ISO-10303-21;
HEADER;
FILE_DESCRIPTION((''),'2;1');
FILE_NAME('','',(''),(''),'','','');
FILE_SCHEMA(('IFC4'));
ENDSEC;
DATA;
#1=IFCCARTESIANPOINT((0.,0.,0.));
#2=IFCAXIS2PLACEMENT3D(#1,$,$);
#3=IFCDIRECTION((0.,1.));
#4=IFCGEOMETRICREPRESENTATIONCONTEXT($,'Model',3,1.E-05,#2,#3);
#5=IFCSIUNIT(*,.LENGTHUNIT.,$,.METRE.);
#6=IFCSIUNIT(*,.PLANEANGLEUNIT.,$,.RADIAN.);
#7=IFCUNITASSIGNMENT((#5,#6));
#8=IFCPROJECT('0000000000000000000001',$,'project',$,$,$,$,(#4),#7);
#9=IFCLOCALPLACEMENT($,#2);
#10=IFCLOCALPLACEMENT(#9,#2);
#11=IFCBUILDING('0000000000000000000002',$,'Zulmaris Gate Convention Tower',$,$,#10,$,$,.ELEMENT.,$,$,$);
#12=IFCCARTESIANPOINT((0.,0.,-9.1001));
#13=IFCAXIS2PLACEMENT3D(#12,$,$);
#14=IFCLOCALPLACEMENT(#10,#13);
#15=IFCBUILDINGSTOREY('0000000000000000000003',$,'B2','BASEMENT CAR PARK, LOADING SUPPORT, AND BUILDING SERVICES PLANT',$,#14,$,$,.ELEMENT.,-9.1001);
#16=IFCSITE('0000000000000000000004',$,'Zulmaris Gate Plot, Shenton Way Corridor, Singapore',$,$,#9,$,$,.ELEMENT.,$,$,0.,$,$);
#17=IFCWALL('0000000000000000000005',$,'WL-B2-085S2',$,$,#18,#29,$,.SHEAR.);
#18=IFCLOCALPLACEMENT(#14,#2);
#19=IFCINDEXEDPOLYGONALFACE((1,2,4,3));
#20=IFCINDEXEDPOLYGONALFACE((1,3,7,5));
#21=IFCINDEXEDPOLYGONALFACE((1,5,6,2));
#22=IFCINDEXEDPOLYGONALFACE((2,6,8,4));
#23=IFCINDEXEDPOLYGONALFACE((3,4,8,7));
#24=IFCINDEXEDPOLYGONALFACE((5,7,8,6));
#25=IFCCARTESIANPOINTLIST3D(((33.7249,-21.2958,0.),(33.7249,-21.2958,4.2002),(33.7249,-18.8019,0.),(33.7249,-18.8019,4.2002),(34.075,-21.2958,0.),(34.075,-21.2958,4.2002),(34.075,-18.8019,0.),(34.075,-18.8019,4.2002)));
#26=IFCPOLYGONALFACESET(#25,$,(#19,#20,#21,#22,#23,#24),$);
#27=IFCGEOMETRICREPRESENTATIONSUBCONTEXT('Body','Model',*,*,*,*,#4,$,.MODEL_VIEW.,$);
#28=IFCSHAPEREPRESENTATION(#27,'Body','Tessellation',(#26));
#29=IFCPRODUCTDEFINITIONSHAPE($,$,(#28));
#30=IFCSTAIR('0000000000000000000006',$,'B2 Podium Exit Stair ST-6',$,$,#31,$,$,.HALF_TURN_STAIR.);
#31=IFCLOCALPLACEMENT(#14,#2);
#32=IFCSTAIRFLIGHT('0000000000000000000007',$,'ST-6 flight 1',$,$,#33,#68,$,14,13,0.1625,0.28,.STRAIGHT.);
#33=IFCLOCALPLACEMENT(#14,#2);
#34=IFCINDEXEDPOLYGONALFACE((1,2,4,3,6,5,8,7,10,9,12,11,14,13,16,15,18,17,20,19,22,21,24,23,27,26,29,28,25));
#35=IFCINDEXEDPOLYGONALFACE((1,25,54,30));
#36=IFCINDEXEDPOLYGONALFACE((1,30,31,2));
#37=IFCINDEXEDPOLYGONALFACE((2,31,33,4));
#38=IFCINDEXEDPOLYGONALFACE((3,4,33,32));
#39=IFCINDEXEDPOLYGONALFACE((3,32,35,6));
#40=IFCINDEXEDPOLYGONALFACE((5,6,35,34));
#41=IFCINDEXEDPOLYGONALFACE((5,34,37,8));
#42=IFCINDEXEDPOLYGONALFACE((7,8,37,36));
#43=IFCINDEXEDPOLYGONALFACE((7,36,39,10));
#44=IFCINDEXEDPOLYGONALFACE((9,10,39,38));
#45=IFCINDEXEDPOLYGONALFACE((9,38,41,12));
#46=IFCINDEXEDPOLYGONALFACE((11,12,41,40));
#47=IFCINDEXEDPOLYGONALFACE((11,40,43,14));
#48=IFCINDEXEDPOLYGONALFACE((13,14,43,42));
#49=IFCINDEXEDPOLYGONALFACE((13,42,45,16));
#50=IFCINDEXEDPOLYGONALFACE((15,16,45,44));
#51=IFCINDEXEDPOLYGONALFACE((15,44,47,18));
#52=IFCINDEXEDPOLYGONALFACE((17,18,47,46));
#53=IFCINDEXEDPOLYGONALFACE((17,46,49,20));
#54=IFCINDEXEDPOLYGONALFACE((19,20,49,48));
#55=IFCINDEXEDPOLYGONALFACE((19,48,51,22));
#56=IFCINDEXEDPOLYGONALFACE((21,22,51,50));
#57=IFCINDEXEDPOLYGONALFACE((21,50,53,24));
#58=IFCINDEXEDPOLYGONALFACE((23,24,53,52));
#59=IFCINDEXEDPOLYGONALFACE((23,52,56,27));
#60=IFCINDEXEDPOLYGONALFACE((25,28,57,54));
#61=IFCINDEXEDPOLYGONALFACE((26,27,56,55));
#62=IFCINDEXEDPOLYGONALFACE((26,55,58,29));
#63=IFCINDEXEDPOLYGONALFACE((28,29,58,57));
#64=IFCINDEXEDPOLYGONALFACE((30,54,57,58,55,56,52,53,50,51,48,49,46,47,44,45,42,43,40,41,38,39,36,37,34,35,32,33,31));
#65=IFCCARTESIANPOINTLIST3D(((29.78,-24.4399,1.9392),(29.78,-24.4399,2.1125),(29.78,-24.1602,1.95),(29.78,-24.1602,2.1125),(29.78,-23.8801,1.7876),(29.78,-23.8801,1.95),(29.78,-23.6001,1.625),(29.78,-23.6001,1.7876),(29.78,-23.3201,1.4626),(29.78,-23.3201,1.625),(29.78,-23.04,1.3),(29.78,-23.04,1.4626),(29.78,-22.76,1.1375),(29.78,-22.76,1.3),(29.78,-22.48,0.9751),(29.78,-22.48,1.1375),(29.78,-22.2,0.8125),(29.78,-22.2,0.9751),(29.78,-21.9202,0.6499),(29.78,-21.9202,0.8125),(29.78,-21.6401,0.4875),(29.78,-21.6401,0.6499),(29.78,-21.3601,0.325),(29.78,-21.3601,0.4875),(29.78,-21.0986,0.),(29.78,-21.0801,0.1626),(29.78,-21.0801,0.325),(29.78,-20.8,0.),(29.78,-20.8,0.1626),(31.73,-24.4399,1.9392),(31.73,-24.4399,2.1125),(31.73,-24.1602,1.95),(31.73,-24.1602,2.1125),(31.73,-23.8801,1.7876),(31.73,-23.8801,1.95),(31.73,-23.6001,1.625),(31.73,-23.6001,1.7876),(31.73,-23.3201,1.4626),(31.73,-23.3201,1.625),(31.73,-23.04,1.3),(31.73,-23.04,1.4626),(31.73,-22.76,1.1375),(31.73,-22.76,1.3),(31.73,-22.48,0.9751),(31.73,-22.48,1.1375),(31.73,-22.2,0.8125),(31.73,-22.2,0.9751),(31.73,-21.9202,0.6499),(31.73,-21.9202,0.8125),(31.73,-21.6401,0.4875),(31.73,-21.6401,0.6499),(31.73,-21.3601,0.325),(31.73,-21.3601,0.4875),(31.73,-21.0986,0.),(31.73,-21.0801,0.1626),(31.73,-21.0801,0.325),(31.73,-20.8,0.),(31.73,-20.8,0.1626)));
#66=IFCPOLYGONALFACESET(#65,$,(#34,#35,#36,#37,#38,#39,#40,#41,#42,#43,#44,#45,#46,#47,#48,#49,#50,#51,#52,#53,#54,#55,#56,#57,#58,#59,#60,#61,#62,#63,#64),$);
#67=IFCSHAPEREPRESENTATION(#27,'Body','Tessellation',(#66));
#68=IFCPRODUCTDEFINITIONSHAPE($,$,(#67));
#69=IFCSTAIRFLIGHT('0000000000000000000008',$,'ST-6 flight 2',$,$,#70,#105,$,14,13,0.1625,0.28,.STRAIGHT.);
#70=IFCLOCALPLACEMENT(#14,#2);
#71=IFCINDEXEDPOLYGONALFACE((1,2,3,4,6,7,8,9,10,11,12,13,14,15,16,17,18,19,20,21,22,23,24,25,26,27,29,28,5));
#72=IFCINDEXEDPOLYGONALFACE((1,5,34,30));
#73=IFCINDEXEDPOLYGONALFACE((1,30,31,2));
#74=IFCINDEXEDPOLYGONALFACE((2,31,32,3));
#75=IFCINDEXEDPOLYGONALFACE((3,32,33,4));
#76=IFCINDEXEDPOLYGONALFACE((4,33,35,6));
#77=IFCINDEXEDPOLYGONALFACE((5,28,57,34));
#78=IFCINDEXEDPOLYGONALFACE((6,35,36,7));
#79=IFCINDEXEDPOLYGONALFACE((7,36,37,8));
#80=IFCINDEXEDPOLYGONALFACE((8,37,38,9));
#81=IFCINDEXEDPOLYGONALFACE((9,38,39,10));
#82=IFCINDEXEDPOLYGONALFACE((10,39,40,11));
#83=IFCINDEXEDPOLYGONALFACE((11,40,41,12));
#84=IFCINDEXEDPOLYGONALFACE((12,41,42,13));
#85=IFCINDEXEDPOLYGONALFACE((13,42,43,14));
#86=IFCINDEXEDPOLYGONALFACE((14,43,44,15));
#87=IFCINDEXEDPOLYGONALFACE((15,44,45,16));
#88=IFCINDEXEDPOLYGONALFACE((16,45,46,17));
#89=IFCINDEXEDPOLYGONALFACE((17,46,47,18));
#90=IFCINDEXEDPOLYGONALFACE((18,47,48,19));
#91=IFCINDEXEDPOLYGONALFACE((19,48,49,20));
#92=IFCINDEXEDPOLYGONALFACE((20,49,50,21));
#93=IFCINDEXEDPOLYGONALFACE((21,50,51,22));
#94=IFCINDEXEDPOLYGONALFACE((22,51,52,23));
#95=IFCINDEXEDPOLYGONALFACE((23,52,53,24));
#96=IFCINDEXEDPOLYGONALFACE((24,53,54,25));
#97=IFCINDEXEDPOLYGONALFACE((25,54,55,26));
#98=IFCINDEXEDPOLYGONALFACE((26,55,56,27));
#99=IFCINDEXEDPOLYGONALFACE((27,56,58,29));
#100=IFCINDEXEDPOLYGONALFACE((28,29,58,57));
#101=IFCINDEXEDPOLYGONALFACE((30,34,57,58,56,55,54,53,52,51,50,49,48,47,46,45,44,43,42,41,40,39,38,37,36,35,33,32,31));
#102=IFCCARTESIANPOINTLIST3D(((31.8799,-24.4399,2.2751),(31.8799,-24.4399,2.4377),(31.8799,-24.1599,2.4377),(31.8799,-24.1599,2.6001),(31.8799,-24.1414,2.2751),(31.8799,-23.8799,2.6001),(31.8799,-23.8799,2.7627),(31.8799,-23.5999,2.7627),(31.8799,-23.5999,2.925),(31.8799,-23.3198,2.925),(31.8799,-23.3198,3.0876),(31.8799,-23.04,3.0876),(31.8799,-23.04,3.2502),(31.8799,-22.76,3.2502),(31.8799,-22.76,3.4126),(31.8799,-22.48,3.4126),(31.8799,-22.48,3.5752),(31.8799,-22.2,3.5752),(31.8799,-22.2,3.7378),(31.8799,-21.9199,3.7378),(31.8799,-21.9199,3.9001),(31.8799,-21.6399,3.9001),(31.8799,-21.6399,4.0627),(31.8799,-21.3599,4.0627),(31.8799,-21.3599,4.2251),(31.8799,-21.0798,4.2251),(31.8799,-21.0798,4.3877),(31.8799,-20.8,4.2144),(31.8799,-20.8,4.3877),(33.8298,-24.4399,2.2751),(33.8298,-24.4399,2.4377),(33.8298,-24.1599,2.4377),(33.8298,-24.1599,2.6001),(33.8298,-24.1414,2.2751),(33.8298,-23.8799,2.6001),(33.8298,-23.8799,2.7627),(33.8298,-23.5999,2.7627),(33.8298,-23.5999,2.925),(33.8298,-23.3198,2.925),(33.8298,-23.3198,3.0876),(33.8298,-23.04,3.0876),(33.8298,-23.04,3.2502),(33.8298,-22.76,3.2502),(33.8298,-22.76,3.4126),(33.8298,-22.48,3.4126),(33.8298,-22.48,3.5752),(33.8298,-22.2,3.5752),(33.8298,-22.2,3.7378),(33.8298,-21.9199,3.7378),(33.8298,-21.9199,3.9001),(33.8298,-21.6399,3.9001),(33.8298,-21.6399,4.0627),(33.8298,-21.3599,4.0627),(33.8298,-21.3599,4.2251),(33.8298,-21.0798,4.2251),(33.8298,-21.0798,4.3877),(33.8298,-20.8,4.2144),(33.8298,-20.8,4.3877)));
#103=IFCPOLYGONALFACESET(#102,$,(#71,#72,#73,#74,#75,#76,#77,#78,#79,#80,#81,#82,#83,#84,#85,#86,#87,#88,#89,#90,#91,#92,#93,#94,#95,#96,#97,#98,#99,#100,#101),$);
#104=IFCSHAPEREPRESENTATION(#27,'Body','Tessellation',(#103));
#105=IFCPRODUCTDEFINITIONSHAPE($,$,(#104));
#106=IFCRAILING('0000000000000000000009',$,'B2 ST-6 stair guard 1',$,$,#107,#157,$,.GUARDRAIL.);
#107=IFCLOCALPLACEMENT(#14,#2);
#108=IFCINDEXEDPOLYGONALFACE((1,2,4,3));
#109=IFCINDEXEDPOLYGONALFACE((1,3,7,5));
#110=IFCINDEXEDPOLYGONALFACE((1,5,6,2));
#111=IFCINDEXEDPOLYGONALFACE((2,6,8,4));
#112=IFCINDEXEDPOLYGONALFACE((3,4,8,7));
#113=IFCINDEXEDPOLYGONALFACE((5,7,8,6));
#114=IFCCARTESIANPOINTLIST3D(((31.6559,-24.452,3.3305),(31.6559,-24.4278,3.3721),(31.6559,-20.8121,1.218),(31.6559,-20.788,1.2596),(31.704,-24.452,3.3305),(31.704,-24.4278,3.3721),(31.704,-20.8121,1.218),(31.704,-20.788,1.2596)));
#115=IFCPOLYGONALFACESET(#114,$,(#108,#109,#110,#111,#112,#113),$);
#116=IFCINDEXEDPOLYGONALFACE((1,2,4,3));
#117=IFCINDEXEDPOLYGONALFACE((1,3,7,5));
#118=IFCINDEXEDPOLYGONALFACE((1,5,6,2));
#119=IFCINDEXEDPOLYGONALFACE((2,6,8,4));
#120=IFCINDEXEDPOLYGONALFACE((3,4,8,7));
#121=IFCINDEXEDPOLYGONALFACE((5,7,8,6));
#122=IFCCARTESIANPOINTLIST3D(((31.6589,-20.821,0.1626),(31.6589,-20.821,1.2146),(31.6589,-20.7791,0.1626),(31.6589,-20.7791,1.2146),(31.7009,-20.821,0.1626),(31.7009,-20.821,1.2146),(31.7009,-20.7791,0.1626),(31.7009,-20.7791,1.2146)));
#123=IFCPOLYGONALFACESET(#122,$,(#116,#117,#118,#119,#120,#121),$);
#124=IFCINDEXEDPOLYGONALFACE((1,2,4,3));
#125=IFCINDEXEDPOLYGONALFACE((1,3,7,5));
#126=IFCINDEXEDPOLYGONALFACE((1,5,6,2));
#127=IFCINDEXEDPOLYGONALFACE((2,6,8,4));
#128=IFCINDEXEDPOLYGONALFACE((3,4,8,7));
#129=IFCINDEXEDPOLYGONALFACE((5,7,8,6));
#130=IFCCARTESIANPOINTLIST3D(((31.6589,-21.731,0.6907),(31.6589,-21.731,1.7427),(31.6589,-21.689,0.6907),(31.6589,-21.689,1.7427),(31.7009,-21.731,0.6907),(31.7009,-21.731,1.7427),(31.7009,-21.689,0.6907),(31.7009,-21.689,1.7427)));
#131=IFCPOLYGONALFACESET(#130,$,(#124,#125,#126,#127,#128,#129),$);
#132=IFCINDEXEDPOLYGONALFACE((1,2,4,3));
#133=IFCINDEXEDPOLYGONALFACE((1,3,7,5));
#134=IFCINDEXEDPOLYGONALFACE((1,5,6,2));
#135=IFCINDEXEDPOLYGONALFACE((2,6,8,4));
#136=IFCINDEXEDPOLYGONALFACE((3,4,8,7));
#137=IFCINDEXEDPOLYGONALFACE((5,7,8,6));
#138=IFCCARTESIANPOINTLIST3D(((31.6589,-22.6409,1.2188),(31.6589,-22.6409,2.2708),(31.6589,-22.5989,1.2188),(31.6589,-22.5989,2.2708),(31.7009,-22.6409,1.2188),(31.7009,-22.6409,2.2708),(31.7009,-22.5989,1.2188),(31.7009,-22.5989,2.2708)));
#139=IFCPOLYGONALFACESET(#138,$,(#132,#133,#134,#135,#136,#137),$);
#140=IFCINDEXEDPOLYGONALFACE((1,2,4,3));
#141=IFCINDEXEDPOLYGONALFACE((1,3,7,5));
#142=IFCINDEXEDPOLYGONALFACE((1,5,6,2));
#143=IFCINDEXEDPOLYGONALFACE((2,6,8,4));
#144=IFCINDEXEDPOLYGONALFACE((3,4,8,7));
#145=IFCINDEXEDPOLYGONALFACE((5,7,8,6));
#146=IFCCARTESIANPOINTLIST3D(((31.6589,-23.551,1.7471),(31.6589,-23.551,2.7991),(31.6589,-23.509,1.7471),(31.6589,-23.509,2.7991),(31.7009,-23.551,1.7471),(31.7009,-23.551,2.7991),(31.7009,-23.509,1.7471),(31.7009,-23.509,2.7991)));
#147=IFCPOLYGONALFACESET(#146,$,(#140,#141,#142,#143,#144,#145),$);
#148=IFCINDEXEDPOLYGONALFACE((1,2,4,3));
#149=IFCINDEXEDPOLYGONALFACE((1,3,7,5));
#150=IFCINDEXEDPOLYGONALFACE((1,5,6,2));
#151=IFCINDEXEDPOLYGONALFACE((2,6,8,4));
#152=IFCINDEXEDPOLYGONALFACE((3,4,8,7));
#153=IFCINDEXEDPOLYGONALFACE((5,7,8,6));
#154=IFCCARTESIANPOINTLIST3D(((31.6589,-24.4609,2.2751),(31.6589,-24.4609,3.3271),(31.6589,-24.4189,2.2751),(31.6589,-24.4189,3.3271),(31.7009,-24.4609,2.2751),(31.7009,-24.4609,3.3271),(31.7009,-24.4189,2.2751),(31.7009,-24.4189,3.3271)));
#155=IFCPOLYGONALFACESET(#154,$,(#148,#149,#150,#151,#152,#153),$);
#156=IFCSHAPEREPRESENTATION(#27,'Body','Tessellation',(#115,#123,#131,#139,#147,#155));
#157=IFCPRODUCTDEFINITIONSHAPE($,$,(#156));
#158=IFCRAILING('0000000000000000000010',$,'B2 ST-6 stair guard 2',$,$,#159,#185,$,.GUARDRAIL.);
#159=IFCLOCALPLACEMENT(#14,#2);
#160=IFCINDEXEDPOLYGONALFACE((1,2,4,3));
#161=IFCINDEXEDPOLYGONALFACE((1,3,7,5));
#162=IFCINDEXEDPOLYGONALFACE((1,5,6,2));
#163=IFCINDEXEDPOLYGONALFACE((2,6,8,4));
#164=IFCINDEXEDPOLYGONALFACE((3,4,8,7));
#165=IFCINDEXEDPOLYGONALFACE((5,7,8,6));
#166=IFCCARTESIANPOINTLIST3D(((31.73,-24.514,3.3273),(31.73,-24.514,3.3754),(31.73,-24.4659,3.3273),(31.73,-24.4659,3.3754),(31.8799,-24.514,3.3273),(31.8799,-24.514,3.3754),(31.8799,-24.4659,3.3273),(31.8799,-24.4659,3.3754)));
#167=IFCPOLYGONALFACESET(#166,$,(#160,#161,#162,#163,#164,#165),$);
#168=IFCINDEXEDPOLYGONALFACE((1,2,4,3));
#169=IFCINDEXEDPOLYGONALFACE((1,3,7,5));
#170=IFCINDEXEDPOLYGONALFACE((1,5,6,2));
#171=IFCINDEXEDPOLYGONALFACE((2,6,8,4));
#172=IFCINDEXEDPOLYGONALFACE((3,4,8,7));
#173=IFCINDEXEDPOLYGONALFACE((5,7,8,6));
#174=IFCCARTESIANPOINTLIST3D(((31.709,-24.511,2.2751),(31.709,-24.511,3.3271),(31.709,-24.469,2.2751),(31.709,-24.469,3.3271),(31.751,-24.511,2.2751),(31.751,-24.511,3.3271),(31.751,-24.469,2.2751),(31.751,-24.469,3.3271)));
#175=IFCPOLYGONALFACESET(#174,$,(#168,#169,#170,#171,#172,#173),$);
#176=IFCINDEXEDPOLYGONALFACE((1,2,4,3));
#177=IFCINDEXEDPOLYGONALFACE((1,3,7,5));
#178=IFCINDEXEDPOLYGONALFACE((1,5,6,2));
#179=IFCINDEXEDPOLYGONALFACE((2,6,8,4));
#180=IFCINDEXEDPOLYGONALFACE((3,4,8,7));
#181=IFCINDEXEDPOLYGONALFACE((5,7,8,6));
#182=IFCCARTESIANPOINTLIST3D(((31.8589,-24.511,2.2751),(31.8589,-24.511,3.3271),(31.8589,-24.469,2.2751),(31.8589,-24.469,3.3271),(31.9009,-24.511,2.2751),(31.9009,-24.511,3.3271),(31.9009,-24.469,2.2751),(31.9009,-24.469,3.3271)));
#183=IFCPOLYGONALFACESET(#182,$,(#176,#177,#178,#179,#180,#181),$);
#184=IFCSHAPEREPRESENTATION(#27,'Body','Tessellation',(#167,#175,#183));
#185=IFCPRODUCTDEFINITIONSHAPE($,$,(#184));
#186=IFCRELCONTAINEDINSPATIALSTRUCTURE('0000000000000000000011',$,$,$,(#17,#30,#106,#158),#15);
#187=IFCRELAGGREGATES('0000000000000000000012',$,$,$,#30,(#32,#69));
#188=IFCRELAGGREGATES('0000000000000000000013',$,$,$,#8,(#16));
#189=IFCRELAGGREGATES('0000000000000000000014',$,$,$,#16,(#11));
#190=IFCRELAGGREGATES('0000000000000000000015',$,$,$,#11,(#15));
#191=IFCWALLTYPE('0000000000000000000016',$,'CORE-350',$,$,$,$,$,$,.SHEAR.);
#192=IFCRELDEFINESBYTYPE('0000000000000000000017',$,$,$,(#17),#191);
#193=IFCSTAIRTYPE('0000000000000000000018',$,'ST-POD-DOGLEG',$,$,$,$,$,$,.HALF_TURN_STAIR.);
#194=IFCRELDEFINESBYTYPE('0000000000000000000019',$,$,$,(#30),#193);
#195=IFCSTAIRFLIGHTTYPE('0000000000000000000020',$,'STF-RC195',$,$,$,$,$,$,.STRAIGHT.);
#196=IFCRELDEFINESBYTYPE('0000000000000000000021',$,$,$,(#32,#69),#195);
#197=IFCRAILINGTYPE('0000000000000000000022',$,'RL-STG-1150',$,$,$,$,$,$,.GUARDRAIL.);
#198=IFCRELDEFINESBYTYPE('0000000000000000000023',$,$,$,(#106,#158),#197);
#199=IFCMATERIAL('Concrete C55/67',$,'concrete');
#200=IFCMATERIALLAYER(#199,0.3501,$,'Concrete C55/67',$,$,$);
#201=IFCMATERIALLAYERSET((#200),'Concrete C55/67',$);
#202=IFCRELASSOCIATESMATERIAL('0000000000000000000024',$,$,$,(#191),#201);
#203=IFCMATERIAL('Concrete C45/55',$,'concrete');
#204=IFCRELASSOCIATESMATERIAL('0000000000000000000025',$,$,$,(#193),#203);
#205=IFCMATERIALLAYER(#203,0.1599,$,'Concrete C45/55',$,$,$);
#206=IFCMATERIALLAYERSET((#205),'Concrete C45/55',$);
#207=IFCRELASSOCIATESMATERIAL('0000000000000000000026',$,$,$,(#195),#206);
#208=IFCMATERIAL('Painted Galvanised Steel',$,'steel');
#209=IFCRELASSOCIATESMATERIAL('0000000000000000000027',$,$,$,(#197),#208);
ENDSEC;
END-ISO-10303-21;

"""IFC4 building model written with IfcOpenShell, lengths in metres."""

from ifc_helpers import new_model, si_unit, direction, frame, frame_2d, origin, origin_2d, place, context, subcontext, project, spatial, polyline, rectangle, outline, extrude, material, layer, layer_set, type_object, element, aggregate, save


model = new_model("IFC4")

# Units and contexts
model_context = context("Model", 3, precision=1e-05, world=origin(), true_north=direction((0.0, 1.0)))
body_context = subcontext(model_context, "Body", "Model", "MODEL_VIEW")
ifc_project = project(units=[si_unit("LENGTHUNIT", "METRE"), si_unit("PLANEANGLEUNIT", "RADIAN")], contexts=[model_context])

# Site, building, storey
site_placement = place(None, origin())
site = spatial("IfcSite", under=ifc_project, at=site_placement, Name="Zulmaris Gate Plot, Shenton Way Corridor, Singapore", CompositionType="ELEMENT", RefElevation=0.0)
building_placement = place(site_placement, origin())
building = spatial("IfcBuilding", under=site, at=building_placement, Name="Zulmaris Gate Convention Tower", CompositionType="ELEMENT")
storey_placement = place(building_placement, frame((0.0, 0.0, -9.1001)))
storey = spatial("IfcBuildingStorey", under=building, at=storey_placement, Name="B2", Description="BASEMENT CAR PARK, LOADING SUPPORT, AND BUILDING SERVICES PLANT", CompositionType="ELEMENT", Elevation=-9.1001)

# Wall
ifc_material_1 = material(Name="Concrete C55/67", Category="concrete")
ifc_layer_1 = layer(ifc_material_1, 0.3501, Name="Concrete C55/67")
ifc_layer_set_1 = layer_set([ifc_layer_1], Name="Concrete C55/67")
wall_type_1 = type_object("IfcWallType", Name="CORE-350", PredefinedType="SHEAR", material=ifc_layer_set_1)
wall_1_placement = place(storey_placement, frame((33.8999, -21.2959, 0.0), z_axis=(0.0, 0.0, 1.0), x_axis=(0.0, 1.0, 0.0)))
element("IfcWall", 1, at=wall_1_placement, inside=storey, type_object=wall_type_1, Name="WL-B2-085S2", PredefinedType="SHEAR", context=body_context, shape_type="SweptSolid", body=[
    extrude(rectangle(XDim=2.4939, YDim=0.3501, at=frame_2d((1.2471, 0.0))), origin(), (0.0, 0.0, 1.0), 4.2002),
])

# Stair, stair flights
ifc_material_2 = material(Name="Concrete C45/55", Category="concrete")
stair_type = type_object("IfcStairType", Name="ST-POD-DOGLEG", PredefinedType="HALF_TURN_STAIR", material=ifc_material_2)
stair_placement = place(storey_placement, origin())
stair = element("IfcStair", 2, at=stair_placement, inside=storey, type_object=stair_type, Name="B2 Podium Exit Stair ST-6", PredefinedType="HALF_TURN_STAIR")
ifc_layer_2 = layer(ifc_material_2, 0.1599, Name="Concrete C45/55")
ifc_layer_set_2 = layer_set([ifc_layer_2], Name="Concrete C45/55")
stair_flight_type = type_object("IfcStairFlightType", Name="STF-RC195", PredefinedType="STRAIGHT", material=ifc_layer_set_2)
stair_flight_1_placement = place(storey_placement, frame((30.7549, -20.8, 0.0), z_axis=(0.0, 0.0, 1.0), x_axis=(0.0, -1.0, 0.0)))
stair_flight_1 = element("IfcStairFlight", 3, at=stair_flight_1_placement, type_object=stair_flight_type, Name="ST-6 flight 1", NumberOfRisers=14, NumberOfTreads=13, PredefinedType="STRAIGHT", RiserHeight=0.1625, TreadLength=0.28, context=body_context, shape_type="SweptSolid", body=[
    extrude(outline(polyline([(0.0, 0.0), (0.0, 0.1626), (0.28, 0.1626), (0.28, 0.325), (0.5601, 0.325), (0.5601, 0.4875), (0.8401, 0.4875), (0.8401, 0.6499), (1.1201, 0.6499), (1.1201, 0.8125), (1.3999, 0.8125), (1.3999, 0.9751), (1.6799, 0.9751), (1.6799, 1.1375), (1.96, 1.1375), (1.96, 1.3), (2.24, 1.3), (2.24, 1.4626), (2.52, 1.4626), (2.52, 1.625), (2.8, 1.625), (2.8, 1.7876), (3.0801, 1.7876), (3.0801, 1.95), (3.3601, 1.95), (3.3601, 2.1125), (3.6399, 2.1125), (3.6399, 2.2751), (3.6399, 1.9392), (0.2986, 0.0), (0.0, 0.0)])), frame((0.0, 0.9751, 0.0), z_axis=(0.0, -1.0, 0.0), x_axis=(1.0, 0.0, 0.0)), (0.0, 0.0, 1.0), 1.95),
])
stair_flight_2_placement = place(storey_placement, frame((32.855, -24.4399, 2.2751), z_axis=(0.0, 0.0, 1.0), x_axis=(0.0, 1.0, 0.0)))
stair_flight_2 = element("IfcStairFlight", 4, at=stair_flight_2_placement, type_object=stair_flight_type, Name="ST-6 flight 2", NumberOfRisers=14, NumberOfTreads=13, PredefinedType="STRAIGHT", RiserHeight=0.1625, TreadLength=0.28, context=body_context, shape_type="SweptSolid", body=[
    extrude(outline(polyline([(0.0, 0.0), (0.0, 0.1626), (0.28, 0.1626), (0.28, 0.325), (0.5601, 0.325), (0.5601, 0.4875), (0.8401, 0.4875), (0.8401, 0.6499), (1.1201, 0.6499), (1.1201, 0.8125), (1.3999, 0.8125), (1.3999, 0.9751), (1.6799, 0.9751), (1.6799, 1.1375), (1.96, 1.1375), (1.96, 1.3), (2.24, 1.3), (2.24, 1.4626), (2.52, 1.4626), (2.52, 1.625), (2.8, 1.625), (2.8, 1.7876), (3.0801, 1.7876), (3.0801, 1.95), (3.3601, 1.95), (3.3601, 2.1125), (3.6399, 2.1125), (3.6399, 2.2751), (3.6399, 1.9392), (0.2986, 0.0), (0.0, 0.0)])), frame((0.0, 0.9751, 0.0), z_axis=(0.0, -1.0, 0.0), x_axis=(1.0, 0.0, 0.0)), (0.0, 0.0, 1.0), 1.95),
])
aggregate(stair, [stair_flight_1, stair_flight_2])

# Railings
ifc_material_3 = material(Name="Painted Galvanised Steel", Category="steel")
railing_type_1 = type_object("IfcRailingType", Name="RL-STG-1150", PredefinedType="GUARDRAIL", material=ifc_material_3)
railing_1_placement = place(storey_placement, frame((31.6799, -20.8, 0.1626)))
element("IfcRailing", 5, at=railing_1_placement, inside=storey, type_object=railing_type_1, Name="B2 ST-6 stair guard 1", PredefinedType="GUARDRAIL", context=body_context, shape_type="SweptSolid", body=[
    extrude(rectangle(XDim=0.0481, YDim=0.0481, at=origin_2d()), frame((0.0, 0.0, 1.0762), z_axis=(0.0, -0.864886, 0.501969), x_axis=(1.0, 0.0, 0.0)), (0.0, 0.0, 1.0), 4.2085),
    extrude(rectangle(XDim=0.042, YDim=0.042, at=origin_2d()), origin(), (0.0, 0.0, 1.0), 1.052),
    extrude(rectangle(XDim=0.042, YDim=0.042, at=origin_2d()), frame((0.0, -0.9099, 0.5281)), (0.0, 0.0, 1.0), 1.052),
    extrude(rectangle(XDim=0.042, YDim=0.042, at=origin_2d()), frame((0.0, -1.8198, 1.0562)), (0.0, 0.0, 1.0), 1.052),
    extrude(rectangle(XDim=0.042, YDim=0.042, at=origin_2d()), frame((0.0, -2.73, 1.5845)), (0.0, 0.0, 1.0), 1.052),
    extrude(rectangle(XDim=0.042, YDim=0.042, at=origin_2d()), frame((0.0, -3.6399, 2.1125)), (0.0, 0.0, 1.0), 1.052),
])
railing_2_placement = place(storey_placement, frame((31.73, -24.49, 2.2751)))
element("IfcRailing", 6, at=railing_2_placement, inside=storey, type_object=railing_type_1, Name="B2 ST-6 stair guard 2", PredefinedType="GUARDRAIL", context=body_context, shape_type="SweptSolid", body=[
    extrude(rectangle(XDim=0.0481, YDim=0.0481, at=origin_2d()), frame((0.0, 0.0, 1.0762), z_axis=(1.0, 0.0, 0.0), x_axis=(0.0, 1.0, 0.0)), (0.0, 0.0, 1.0), 0.1499),
    extrude(rectangle(XDim=0.042, YDim=0.042, at=origin_2d()), origin(), (0.0, 0.0, 1.0), 1.052),
    extrude(rectangle(XDim=0.042, YDim=0.042, at=origin_2d()), frame((0.1499, 0.0, 0.0)), (0.0, 0.0, 1.0), 1.052),
])

save(model, "model.ifc")
